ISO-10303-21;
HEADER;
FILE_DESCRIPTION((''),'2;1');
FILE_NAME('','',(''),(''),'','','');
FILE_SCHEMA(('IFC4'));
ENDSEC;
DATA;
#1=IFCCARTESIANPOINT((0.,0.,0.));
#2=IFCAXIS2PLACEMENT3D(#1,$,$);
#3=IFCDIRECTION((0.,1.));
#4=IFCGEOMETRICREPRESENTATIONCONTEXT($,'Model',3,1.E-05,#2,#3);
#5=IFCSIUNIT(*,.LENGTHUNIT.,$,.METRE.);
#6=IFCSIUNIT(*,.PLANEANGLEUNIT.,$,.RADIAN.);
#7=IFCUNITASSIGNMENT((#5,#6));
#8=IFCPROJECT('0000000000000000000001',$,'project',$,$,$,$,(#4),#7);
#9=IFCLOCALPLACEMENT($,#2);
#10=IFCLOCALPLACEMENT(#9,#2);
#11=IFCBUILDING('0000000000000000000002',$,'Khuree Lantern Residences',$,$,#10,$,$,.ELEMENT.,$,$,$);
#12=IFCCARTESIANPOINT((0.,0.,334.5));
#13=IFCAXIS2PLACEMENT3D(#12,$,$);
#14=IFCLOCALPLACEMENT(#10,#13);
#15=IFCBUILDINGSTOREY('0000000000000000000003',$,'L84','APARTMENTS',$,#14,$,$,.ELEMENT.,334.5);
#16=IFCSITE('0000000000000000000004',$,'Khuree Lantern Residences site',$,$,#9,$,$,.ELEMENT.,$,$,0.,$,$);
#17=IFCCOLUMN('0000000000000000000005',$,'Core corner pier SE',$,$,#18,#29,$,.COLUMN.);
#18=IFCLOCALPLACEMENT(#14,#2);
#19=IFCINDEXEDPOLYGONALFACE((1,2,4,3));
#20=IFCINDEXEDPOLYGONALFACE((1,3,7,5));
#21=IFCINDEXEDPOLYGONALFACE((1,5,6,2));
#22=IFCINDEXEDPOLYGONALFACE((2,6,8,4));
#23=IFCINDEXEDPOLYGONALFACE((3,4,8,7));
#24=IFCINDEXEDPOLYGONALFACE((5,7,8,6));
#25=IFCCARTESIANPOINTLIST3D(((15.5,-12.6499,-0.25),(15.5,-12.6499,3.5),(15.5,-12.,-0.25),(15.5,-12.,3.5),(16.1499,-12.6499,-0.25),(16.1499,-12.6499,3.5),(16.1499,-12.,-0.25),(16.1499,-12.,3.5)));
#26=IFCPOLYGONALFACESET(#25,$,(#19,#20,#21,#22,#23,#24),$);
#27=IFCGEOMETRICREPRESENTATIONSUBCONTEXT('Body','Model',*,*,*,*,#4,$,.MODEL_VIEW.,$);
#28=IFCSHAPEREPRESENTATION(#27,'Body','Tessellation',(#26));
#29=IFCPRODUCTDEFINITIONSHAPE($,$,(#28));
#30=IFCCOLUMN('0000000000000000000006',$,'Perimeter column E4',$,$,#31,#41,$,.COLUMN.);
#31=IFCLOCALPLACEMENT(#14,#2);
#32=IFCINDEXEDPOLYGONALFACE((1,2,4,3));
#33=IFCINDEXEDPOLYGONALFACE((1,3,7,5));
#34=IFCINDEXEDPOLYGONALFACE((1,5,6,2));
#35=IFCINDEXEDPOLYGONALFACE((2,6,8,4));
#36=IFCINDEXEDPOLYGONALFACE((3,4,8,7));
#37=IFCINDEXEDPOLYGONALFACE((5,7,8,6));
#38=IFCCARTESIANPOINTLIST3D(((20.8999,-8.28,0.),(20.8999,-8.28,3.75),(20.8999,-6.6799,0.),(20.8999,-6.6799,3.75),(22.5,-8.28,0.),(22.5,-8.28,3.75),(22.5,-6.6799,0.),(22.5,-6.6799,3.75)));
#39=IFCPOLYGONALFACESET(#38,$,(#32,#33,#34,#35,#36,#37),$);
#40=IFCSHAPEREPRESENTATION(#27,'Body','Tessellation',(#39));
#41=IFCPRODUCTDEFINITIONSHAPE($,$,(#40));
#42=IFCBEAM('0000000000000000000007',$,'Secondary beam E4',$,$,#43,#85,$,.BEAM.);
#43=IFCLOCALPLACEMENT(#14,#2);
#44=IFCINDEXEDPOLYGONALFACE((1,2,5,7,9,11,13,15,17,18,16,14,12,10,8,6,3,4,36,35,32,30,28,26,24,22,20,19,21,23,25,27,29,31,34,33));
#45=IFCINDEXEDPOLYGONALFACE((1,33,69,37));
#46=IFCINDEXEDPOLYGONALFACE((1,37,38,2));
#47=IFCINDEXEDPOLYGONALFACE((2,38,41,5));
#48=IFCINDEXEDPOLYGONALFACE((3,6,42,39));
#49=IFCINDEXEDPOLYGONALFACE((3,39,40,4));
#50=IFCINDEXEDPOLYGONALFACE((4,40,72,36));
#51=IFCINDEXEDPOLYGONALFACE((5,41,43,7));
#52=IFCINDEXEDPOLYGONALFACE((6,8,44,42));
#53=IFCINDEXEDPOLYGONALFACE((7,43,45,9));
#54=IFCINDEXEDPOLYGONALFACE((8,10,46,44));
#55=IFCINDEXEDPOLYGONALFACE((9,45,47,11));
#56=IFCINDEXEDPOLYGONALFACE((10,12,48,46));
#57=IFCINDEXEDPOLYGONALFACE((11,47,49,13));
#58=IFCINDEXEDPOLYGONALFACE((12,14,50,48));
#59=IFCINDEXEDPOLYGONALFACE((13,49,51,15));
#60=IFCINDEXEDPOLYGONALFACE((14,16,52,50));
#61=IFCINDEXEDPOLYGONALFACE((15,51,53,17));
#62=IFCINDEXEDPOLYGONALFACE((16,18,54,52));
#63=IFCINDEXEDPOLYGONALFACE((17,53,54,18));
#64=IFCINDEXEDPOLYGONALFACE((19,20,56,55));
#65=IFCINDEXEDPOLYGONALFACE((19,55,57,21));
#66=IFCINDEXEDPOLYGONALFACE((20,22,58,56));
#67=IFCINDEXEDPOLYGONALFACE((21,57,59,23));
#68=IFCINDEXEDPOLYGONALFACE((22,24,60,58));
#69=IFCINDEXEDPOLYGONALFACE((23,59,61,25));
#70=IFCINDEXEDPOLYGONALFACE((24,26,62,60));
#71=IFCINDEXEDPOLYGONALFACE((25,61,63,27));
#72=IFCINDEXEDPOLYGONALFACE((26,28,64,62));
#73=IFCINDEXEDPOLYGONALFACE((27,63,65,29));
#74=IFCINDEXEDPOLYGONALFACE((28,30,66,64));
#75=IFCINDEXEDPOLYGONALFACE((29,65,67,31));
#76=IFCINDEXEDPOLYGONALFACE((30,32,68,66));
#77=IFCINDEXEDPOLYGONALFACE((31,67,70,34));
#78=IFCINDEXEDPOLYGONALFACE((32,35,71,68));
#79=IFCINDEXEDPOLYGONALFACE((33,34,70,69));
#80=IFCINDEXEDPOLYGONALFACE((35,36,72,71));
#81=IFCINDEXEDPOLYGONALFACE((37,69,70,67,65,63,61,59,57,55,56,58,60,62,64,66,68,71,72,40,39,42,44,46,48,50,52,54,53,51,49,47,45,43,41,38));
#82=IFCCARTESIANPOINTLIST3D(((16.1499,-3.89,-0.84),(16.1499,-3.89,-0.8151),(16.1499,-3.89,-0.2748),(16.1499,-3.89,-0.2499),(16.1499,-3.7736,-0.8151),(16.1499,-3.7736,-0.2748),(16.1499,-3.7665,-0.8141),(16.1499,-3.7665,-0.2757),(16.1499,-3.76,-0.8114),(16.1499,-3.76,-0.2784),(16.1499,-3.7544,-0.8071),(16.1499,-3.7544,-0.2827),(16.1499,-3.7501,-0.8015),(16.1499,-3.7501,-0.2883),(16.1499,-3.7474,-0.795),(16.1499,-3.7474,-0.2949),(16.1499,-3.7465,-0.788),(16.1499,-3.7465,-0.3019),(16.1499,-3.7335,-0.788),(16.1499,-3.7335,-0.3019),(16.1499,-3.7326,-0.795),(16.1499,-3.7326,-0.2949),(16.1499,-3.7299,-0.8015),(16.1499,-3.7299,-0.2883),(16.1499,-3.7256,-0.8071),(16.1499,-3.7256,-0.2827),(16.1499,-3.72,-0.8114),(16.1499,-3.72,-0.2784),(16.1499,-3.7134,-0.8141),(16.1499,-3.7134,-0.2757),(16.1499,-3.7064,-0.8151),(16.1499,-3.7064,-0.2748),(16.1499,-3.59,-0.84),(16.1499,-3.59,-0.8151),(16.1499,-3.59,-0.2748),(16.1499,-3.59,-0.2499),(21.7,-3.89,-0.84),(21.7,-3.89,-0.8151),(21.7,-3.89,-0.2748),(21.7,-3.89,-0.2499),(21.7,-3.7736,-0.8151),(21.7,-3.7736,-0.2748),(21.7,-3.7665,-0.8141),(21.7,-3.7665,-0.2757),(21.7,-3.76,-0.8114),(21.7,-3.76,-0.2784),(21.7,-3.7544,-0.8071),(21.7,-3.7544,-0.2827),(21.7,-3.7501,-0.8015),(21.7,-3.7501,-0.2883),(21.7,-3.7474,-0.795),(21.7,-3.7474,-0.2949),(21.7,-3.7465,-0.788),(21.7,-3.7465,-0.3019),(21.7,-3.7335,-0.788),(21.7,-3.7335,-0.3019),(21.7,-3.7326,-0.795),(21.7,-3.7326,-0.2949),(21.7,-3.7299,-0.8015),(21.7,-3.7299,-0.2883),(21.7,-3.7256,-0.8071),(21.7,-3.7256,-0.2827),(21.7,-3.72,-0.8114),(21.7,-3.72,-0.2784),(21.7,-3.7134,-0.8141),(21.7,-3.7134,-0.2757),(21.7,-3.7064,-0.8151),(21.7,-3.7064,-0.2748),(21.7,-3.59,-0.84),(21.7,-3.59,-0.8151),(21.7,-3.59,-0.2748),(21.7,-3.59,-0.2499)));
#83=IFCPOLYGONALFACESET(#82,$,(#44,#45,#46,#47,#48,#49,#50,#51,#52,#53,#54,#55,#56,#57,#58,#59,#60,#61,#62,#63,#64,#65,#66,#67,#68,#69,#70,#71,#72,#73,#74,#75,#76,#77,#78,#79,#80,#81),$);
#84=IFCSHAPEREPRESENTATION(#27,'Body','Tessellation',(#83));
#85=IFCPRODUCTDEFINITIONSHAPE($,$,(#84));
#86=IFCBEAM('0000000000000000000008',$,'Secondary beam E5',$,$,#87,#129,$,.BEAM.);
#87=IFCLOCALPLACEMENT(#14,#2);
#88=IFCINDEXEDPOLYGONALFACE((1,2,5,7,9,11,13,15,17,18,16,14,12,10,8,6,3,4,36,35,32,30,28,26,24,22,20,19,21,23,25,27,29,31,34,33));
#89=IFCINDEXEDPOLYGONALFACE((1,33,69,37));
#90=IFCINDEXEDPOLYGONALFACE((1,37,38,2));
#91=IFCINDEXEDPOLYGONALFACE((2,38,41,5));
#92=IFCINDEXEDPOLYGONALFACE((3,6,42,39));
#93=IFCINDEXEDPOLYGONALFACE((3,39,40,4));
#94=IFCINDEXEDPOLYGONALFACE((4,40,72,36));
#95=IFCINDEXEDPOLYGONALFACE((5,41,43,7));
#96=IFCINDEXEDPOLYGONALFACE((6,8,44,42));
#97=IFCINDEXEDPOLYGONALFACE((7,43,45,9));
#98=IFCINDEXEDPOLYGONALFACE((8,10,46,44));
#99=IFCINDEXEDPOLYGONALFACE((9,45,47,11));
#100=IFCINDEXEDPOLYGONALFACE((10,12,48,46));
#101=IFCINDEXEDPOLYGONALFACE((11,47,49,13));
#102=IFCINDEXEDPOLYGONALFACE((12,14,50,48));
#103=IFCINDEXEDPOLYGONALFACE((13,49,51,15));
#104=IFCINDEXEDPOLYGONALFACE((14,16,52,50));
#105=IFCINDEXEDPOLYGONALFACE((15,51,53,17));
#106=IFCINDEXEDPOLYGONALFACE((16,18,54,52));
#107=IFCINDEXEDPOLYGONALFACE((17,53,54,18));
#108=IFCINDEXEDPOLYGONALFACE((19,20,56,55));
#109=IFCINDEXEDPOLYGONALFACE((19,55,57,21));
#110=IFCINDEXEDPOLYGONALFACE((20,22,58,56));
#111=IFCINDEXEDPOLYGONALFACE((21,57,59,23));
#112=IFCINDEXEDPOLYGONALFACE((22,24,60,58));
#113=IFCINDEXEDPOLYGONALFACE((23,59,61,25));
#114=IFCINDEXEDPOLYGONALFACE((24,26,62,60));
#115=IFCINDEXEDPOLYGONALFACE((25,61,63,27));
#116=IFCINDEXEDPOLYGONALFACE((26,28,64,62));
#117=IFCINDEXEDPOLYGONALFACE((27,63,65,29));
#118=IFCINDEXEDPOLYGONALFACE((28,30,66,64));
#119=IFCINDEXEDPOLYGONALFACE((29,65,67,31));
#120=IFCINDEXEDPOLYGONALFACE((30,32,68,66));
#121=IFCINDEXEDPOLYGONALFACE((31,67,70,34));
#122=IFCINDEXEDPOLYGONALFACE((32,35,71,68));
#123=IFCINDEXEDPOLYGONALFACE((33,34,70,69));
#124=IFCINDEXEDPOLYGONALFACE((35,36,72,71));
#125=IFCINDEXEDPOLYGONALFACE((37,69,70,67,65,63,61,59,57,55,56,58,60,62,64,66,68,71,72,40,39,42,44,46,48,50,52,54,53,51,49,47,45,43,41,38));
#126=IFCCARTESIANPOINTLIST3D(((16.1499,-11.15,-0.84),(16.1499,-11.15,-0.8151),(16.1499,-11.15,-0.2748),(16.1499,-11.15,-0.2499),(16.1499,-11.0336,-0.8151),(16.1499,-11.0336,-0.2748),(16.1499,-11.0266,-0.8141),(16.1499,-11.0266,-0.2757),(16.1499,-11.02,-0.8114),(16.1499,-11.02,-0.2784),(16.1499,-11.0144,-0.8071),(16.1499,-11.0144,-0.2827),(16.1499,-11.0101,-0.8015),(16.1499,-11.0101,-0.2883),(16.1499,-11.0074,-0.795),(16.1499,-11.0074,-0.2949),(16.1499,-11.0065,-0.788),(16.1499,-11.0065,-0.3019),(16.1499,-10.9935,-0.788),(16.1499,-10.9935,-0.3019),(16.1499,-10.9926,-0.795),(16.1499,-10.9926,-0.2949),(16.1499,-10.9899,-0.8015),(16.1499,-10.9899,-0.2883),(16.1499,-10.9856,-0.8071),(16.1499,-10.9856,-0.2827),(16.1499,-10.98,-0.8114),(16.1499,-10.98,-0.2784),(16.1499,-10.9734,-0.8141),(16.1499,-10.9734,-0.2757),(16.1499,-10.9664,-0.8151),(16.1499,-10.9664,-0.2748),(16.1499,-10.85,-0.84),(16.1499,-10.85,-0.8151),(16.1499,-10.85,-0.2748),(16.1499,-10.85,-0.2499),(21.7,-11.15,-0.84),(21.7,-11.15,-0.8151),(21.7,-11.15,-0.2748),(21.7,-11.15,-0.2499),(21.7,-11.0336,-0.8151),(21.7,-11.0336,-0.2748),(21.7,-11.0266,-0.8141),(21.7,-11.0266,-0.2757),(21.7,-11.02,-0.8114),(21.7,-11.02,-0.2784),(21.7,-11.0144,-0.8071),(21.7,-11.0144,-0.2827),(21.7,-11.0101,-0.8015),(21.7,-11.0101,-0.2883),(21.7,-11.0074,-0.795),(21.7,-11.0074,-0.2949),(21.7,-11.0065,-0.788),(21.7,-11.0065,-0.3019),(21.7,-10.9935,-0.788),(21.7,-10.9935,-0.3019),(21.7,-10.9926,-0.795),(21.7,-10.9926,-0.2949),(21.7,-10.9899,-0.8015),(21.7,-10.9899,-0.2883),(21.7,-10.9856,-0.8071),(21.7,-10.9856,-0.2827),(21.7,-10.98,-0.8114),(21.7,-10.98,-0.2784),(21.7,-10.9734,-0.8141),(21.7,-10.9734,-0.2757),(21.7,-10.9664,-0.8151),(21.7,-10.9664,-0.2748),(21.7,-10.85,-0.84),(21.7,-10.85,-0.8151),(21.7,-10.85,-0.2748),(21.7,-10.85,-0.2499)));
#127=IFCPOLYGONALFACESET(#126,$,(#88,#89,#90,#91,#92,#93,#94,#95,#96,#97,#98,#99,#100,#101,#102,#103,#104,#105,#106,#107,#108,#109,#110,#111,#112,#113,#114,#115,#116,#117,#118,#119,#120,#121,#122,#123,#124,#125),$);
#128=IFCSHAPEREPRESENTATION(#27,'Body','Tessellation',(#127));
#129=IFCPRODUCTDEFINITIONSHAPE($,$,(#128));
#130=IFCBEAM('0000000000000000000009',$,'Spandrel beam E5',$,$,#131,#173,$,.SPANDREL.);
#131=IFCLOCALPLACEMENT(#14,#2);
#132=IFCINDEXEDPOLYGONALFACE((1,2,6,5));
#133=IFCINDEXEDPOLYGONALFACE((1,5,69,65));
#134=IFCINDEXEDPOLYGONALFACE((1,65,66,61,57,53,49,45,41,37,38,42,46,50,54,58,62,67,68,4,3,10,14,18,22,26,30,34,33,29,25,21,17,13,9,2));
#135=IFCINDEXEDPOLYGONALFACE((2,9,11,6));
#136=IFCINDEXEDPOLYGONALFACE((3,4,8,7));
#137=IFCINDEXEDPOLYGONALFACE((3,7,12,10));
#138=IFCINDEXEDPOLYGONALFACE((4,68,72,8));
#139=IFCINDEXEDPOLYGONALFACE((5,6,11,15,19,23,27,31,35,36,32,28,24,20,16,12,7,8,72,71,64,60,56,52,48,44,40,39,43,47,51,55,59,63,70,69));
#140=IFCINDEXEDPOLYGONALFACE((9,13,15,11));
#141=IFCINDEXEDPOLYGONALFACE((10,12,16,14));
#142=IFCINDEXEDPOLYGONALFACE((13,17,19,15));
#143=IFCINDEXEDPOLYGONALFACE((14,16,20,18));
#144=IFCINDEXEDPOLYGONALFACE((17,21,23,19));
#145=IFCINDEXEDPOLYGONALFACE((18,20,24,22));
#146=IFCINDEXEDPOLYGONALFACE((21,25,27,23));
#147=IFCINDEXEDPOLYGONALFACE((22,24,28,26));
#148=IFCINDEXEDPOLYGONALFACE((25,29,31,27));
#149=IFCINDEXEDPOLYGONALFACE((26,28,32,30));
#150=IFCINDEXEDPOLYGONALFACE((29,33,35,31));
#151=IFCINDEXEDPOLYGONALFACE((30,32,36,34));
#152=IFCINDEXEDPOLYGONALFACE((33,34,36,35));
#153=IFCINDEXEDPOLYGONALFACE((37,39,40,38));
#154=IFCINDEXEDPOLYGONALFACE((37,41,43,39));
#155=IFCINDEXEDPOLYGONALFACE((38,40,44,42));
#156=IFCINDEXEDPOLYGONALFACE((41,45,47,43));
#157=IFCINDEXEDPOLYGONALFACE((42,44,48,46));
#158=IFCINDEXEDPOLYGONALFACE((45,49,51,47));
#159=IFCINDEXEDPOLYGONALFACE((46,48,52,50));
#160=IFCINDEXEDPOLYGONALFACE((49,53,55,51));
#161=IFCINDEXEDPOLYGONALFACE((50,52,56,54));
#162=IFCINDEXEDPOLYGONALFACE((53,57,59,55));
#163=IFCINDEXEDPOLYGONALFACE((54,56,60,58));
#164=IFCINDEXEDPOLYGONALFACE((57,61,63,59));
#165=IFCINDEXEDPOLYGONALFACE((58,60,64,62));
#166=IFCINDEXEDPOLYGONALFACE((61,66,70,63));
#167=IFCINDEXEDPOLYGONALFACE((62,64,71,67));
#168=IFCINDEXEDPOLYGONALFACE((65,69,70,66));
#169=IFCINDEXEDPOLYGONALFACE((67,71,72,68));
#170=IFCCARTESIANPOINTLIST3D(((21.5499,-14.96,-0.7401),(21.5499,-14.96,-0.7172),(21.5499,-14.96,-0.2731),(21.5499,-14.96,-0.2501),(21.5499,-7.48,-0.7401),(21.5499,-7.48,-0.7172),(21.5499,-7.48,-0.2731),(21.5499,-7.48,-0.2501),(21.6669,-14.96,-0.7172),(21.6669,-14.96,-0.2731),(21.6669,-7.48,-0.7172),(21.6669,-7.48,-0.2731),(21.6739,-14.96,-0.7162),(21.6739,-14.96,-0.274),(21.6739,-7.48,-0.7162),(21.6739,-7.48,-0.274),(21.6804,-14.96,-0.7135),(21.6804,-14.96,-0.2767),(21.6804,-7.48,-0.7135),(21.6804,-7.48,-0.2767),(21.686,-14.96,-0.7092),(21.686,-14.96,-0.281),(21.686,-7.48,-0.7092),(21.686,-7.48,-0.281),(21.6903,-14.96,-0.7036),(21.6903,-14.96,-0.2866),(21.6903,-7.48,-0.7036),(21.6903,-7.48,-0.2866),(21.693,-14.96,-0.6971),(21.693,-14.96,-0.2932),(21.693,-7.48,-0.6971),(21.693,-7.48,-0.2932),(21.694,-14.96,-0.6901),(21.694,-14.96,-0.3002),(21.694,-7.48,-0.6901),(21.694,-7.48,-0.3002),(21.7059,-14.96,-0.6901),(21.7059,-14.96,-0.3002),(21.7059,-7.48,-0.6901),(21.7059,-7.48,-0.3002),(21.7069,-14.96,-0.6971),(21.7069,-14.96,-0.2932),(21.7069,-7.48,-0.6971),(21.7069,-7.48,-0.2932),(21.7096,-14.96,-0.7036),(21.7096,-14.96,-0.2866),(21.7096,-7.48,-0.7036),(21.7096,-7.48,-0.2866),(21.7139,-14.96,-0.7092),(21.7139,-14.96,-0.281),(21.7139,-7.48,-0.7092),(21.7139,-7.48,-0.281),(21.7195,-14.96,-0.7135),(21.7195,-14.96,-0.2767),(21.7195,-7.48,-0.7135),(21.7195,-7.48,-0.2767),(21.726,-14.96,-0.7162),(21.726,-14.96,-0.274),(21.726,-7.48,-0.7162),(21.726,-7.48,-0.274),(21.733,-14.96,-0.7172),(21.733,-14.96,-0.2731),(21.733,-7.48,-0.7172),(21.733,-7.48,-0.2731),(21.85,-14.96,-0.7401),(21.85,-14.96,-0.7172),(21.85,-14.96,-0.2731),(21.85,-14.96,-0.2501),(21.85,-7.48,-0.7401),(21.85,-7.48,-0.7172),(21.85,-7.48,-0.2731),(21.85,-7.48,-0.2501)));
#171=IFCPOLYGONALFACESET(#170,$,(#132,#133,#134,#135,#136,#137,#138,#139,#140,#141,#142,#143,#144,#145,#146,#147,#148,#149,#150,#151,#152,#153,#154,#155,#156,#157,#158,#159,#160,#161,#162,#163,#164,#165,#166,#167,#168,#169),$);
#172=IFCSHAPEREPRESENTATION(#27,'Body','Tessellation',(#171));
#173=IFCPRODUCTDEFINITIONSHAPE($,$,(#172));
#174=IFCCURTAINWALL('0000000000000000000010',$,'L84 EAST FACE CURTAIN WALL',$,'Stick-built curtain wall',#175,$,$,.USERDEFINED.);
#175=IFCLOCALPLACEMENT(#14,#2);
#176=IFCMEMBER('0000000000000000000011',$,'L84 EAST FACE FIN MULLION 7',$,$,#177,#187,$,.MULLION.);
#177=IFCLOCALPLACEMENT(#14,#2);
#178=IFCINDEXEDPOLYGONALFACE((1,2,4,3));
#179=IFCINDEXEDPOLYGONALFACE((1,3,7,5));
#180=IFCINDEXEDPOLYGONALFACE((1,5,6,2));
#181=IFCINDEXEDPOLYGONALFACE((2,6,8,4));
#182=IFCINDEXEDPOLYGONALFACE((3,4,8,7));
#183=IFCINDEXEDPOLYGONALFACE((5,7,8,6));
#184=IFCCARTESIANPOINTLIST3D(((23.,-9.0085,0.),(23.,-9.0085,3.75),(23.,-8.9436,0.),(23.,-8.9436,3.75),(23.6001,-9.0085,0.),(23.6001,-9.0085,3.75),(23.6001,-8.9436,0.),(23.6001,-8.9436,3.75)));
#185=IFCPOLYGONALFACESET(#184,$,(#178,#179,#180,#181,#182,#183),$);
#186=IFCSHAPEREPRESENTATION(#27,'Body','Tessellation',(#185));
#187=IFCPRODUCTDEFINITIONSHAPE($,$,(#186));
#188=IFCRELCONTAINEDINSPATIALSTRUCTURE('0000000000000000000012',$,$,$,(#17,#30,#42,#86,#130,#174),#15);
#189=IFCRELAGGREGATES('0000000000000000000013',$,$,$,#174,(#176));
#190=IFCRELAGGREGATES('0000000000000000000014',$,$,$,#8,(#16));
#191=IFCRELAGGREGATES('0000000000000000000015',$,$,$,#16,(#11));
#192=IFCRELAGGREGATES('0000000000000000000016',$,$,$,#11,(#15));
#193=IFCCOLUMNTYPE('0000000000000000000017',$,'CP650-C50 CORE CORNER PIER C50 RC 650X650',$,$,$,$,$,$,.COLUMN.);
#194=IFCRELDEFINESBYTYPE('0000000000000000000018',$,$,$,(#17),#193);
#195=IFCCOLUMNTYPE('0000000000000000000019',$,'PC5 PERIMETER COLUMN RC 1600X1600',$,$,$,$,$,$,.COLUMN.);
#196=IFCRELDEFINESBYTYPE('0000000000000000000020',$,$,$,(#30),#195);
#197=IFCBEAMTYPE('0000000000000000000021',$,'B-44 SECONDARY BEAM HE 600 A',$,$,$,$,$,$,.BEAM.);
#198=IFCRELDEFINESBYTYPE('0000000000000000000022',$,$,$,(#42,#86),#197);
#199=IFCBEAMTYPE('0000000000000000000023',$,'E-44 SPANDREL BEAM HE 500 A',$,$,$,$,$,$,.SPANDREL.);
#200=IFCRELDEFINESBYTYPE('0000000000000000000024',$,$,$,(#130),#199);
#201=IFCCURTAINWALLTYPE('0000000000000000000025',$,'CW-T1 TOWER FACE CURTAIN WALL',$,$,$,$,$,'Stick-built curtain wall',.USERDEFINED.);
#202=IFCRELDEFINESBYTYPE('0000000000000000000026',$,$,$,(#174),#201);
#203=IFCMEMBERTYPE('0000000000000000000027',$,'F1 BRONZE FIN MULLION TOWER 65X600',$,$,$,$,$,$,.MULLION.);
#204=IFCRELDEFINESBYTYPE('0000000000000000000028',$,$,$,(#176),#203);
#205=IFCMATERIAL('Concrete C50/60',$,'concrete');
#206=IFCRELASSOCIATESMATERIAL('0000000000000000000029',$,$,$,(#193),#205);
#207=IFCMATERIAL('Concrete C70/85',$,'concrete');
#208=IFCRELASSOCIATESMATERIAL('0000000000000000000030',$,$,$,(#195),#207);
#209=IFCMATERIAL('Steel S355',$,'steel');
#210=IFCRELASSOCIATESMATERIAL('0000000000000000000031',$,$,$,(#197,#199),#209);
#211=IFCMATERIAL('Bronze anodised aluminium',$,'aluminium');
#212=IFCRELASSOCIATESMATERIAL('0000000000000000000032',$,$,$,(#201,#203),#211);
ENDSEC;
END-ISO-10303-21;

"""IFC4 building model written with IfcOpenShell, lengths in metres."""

from ifc_helpers import new_model, si_unit, direction, frame, origin, origin_2d, place, context, subcontext, project, spatial, rectangle, i_section, extrude, material, material_profile, profile_set, type_object, element, aggregate, save


model = new_model("IFC4")

# Units and contexts
model_context = context("Model", 3, precision=1e-05, world=origin(), true_north=direction((0.0, 1.0)))
body_context = subcontext(model_context, "Body", "Model", "MODEL_VIEW")
ifc_project = project(units=[si_unit("LENGTHUNIT", "METRE"), si_unit("PLANEANGLEUNIT", "RADIAN")], contexts=[model_context])

# Site, building, storey
site_placement = place(None, origin())
site = spatial("IfcSite", under=ifc_project, at=site_placement, Name="Khuree Lantern Residences site", CompositionType="ELEMENT", RefElevation=0.0)
building_placement = place(site_placement, origin())
building = spatial("IfcBuilding", under=site, at=building_placement, Name="Khuree Lantern Residences", CompositionType="ELEMENT")
storey_placement = place(building_placement, frame((0.0, 0.0, 334.5)))
storey = spatial("IfcBuildingStorey", under=building, at=storey_placement, Name="L84", Description="APARTMENTS", CompositionType="ELEMENT", Elevation=334.5)

# Columns
ifc_material_1 = material(Name="Concrete C50/60", Category="concrete")
ifc_material_profile_1 = material_profile(ifc_material_1, rectangle(XDim=0.6499, YDim=0.6499, at=origin_2d()), Name="RC 650X650")
ifc_profile_set_1 = profile_set([ifc_material_profile_1], Name="Concrete C50/60")
column_type_1 = type_object("IfcColumnType", Name="CP650-C50 CORE CORNER PIER C50 RC 650X650", PredefinedType="COLUMN", material=ifc_profile_set_1)
column_1_placement = place(storey_placement, frame((15.825, -12.325, -0.25), z_axis=(0.0, 0.0, 1.0), x_axis=(1.0, 0.0, 0.0)))
element("IfcColumn", 1, at=column_1_placement, inside=storey, type_object=column_type_1, Name="Core corner pier SE", PredefinedType="COLUMN", context=body_context, shape_type="SweptSolid", body=[
    extrude(rectangle(XDim=0.6499, YDim=0.6499, at=origin_2d()), origin(), (0.0, 0.0, 1.0), 3.75),
])
ifc_material_2 = material(Name="Concrete C70/85", Category="concrete")
ifc_material_profile_2 = material_profile(ifc_material_2, rectangle(XDim=1.6001, YDim=1.6001, at=origin_2d()), Name="RC 1600X1600")
ifc_profile_set_2 = profile_set([ifc_material_profile_2], Name="Concrete C70/85")
column_type_2 = type_object("IfcColumnType", Name="PC5 PERIMETER COLUMN RC 1600X1600", PredefinedType="COLUMN", material=ifc_profile_set_2)
column_2_placement = place(storey_placement, frame((21.7, -7.48, 0.0), z_axis=(0.0, 0.0, 1.0), x_axis=(0.0, 1.0, 0.0)))
element("IfcColumn", 2, at=column_2_placement, inside=storey, type_object=column_type_2, Name="Perimeter column E4", PredefinedType="COLUMN", context=body_context, shape_type="SweptSolid", body=[
    extrude(rectangle(XDim=1.6001, YDim=1.6001, at=origin_2d()), origin(), (0.0, 0.0, 1.0), 3.75),
])

# Beams
ifc_material_3 = material(Name="Steel S355", Category="steel")
ifc_material_profile_3 = material_profile(ifc_material_3, i_section(OverallWidth=0.3, OverallDepth=0.5901, WebThickness=0.0129, FlangeThickness=0.0249, FilletRadius=0.0271, at=origin_2d()), Name="HE 600 A")
ifc_profile_set_3 = profile_set([ifc_material_profile_3], Name="Steel S355")
beam_type_1 = type_object("IfcBeamType", Name="B-44 SECONDARY BEAM HE 600 A", PredefinedType="BEAM", material=ifc_profile_set_3)
for number, where, z_axis, x_axis, name in (
    (3, (21.7, -3.74, -0.5449), (-1.0, 0.0, 0.0), (0.0, -1.0, 0.0), "Secondary beam E4"),
    (4, (21.7, -11.0, -0.5449), (-1.0, 0.0, 0.0), (0.0, -1.0, 0.0), "Secondary beam E5"),
):
    element("IfcBeam", number, at=place(storey_placement, frame(where, z_axis=z_axis, x_axis=x_axis)), inside=storey, type_object=beam_type_1, Name=name, PredefinedType="BEAM", context=body_context, shape_type="SweptSolid", body=[
        extrude(i_section(OverallWidth=0.3, OverallDepth=0.5901, WebThickness=0.0129, FlangeThickness=0.0249, FilletRadius=0.0271, at=origin_2d()), origin(), (0.0, 0.0, 1.0), 5.55),
    ])
ifc_material_profile_4 = material_profile(ifc_material_3, i_section(OverallWidth=0.3, OverallDepth=0.49, WebThickness=0.012, FlangeThickness=0.0229, FilletRadius=0.0271, at=origin_2d()), Name="HE 500 A")
ifc_profile_set_4 = profile_set([ifc_material_profile_4], Name="Steel S355")
beam_type_2 = type_object("IfcBeamType", Name="E-44 SPANDREL BEAM HE 500 A", PredefinedType="SPANDREL", material=ifc_profile_set_4)
beam_1_placement = place(storey_placement, frame((21.7, -7.48, -0.4951), z_axis=(0.0, -1.0, 0.0), x_axis=(1.0, 0.0, 0.0)))
element("IfcBeam", 5, at=beam_1_placement, inside=storey, type_object=beam_type_2, Name="Spandrel beam E5", PredefinedType="SPANDREL", context=body_context, shape_type="SweptSolid", body=[
    extrude(i_section(OverallWidth=0.3, OverallDepth=0.49, WebThickness=0.012, FlangeThickness=0.0229, FilletRadius=0.0271, at=origin_2d()), origin(), (0.0, 0.0, 1.0), 7.48),
])

# Curtain wall, member
ifc_material_4 = material(Name="Bronze anodised aluminium", Category="aluminium")
curtain_wall_type = type_object("IfcCurtainWallType", Name="CW-T1 TOWER FACE CURTAIN WALL", ElementType="Stick-built curtain wall", PredefinedType="USERDEFINED", material=ifc_material_4)
curtain_wall_placement = place(storey_placement, origin())
curtain_wall = element("IfcCurtainWall", 6, at=curtain_wall_placement, inside=storey, type_object=curtain_wall_type, Name="L84 EAST FACE CURTAIN WALL", ObjectType="Stick-built curtain wall", PredefinedType="USERDEFINED")
ifc_material_profile_5 = material_profile(ifc_material_4, rectangle(XDim=0.0649, YDim=0.6001, at=origin_2d()), Name="F1 65X600")
ifc_profile_set_5 = profile_set([ifc_material_profile_5], Name="Bronze anodised aluminium")
member_type_1 = type_object("IfcMemberType", Name="F1 BRONZE FIN MULLION TOWER 65X600", PredefinedType="MULLION", material=ifc_profile_set_5)
member_1_placement = place(storey_placement, frame((23.3, -8.9761, 0.0), z_axis=(0.0, 0.0, 1.0), x_axis=(0.0, 1.0, 0.0)))
member_1 = element("IfcMember", 7, at=member_1_placement, type_object=member_type_1, Name="L84 EAST FACE FIN MULLION 7", PredefinedType="MULLION", context=body_context, shape_type="SweptSolid", body=[
    extrude(rectangle(XDim=0.0649, YDim=0.6001, at=origin_2d()), origin(), (0.0, 0.0, 1.0), 3.75),
])

aggregate(curtain_wall, [member_1])

save(model, "model.ifc")
